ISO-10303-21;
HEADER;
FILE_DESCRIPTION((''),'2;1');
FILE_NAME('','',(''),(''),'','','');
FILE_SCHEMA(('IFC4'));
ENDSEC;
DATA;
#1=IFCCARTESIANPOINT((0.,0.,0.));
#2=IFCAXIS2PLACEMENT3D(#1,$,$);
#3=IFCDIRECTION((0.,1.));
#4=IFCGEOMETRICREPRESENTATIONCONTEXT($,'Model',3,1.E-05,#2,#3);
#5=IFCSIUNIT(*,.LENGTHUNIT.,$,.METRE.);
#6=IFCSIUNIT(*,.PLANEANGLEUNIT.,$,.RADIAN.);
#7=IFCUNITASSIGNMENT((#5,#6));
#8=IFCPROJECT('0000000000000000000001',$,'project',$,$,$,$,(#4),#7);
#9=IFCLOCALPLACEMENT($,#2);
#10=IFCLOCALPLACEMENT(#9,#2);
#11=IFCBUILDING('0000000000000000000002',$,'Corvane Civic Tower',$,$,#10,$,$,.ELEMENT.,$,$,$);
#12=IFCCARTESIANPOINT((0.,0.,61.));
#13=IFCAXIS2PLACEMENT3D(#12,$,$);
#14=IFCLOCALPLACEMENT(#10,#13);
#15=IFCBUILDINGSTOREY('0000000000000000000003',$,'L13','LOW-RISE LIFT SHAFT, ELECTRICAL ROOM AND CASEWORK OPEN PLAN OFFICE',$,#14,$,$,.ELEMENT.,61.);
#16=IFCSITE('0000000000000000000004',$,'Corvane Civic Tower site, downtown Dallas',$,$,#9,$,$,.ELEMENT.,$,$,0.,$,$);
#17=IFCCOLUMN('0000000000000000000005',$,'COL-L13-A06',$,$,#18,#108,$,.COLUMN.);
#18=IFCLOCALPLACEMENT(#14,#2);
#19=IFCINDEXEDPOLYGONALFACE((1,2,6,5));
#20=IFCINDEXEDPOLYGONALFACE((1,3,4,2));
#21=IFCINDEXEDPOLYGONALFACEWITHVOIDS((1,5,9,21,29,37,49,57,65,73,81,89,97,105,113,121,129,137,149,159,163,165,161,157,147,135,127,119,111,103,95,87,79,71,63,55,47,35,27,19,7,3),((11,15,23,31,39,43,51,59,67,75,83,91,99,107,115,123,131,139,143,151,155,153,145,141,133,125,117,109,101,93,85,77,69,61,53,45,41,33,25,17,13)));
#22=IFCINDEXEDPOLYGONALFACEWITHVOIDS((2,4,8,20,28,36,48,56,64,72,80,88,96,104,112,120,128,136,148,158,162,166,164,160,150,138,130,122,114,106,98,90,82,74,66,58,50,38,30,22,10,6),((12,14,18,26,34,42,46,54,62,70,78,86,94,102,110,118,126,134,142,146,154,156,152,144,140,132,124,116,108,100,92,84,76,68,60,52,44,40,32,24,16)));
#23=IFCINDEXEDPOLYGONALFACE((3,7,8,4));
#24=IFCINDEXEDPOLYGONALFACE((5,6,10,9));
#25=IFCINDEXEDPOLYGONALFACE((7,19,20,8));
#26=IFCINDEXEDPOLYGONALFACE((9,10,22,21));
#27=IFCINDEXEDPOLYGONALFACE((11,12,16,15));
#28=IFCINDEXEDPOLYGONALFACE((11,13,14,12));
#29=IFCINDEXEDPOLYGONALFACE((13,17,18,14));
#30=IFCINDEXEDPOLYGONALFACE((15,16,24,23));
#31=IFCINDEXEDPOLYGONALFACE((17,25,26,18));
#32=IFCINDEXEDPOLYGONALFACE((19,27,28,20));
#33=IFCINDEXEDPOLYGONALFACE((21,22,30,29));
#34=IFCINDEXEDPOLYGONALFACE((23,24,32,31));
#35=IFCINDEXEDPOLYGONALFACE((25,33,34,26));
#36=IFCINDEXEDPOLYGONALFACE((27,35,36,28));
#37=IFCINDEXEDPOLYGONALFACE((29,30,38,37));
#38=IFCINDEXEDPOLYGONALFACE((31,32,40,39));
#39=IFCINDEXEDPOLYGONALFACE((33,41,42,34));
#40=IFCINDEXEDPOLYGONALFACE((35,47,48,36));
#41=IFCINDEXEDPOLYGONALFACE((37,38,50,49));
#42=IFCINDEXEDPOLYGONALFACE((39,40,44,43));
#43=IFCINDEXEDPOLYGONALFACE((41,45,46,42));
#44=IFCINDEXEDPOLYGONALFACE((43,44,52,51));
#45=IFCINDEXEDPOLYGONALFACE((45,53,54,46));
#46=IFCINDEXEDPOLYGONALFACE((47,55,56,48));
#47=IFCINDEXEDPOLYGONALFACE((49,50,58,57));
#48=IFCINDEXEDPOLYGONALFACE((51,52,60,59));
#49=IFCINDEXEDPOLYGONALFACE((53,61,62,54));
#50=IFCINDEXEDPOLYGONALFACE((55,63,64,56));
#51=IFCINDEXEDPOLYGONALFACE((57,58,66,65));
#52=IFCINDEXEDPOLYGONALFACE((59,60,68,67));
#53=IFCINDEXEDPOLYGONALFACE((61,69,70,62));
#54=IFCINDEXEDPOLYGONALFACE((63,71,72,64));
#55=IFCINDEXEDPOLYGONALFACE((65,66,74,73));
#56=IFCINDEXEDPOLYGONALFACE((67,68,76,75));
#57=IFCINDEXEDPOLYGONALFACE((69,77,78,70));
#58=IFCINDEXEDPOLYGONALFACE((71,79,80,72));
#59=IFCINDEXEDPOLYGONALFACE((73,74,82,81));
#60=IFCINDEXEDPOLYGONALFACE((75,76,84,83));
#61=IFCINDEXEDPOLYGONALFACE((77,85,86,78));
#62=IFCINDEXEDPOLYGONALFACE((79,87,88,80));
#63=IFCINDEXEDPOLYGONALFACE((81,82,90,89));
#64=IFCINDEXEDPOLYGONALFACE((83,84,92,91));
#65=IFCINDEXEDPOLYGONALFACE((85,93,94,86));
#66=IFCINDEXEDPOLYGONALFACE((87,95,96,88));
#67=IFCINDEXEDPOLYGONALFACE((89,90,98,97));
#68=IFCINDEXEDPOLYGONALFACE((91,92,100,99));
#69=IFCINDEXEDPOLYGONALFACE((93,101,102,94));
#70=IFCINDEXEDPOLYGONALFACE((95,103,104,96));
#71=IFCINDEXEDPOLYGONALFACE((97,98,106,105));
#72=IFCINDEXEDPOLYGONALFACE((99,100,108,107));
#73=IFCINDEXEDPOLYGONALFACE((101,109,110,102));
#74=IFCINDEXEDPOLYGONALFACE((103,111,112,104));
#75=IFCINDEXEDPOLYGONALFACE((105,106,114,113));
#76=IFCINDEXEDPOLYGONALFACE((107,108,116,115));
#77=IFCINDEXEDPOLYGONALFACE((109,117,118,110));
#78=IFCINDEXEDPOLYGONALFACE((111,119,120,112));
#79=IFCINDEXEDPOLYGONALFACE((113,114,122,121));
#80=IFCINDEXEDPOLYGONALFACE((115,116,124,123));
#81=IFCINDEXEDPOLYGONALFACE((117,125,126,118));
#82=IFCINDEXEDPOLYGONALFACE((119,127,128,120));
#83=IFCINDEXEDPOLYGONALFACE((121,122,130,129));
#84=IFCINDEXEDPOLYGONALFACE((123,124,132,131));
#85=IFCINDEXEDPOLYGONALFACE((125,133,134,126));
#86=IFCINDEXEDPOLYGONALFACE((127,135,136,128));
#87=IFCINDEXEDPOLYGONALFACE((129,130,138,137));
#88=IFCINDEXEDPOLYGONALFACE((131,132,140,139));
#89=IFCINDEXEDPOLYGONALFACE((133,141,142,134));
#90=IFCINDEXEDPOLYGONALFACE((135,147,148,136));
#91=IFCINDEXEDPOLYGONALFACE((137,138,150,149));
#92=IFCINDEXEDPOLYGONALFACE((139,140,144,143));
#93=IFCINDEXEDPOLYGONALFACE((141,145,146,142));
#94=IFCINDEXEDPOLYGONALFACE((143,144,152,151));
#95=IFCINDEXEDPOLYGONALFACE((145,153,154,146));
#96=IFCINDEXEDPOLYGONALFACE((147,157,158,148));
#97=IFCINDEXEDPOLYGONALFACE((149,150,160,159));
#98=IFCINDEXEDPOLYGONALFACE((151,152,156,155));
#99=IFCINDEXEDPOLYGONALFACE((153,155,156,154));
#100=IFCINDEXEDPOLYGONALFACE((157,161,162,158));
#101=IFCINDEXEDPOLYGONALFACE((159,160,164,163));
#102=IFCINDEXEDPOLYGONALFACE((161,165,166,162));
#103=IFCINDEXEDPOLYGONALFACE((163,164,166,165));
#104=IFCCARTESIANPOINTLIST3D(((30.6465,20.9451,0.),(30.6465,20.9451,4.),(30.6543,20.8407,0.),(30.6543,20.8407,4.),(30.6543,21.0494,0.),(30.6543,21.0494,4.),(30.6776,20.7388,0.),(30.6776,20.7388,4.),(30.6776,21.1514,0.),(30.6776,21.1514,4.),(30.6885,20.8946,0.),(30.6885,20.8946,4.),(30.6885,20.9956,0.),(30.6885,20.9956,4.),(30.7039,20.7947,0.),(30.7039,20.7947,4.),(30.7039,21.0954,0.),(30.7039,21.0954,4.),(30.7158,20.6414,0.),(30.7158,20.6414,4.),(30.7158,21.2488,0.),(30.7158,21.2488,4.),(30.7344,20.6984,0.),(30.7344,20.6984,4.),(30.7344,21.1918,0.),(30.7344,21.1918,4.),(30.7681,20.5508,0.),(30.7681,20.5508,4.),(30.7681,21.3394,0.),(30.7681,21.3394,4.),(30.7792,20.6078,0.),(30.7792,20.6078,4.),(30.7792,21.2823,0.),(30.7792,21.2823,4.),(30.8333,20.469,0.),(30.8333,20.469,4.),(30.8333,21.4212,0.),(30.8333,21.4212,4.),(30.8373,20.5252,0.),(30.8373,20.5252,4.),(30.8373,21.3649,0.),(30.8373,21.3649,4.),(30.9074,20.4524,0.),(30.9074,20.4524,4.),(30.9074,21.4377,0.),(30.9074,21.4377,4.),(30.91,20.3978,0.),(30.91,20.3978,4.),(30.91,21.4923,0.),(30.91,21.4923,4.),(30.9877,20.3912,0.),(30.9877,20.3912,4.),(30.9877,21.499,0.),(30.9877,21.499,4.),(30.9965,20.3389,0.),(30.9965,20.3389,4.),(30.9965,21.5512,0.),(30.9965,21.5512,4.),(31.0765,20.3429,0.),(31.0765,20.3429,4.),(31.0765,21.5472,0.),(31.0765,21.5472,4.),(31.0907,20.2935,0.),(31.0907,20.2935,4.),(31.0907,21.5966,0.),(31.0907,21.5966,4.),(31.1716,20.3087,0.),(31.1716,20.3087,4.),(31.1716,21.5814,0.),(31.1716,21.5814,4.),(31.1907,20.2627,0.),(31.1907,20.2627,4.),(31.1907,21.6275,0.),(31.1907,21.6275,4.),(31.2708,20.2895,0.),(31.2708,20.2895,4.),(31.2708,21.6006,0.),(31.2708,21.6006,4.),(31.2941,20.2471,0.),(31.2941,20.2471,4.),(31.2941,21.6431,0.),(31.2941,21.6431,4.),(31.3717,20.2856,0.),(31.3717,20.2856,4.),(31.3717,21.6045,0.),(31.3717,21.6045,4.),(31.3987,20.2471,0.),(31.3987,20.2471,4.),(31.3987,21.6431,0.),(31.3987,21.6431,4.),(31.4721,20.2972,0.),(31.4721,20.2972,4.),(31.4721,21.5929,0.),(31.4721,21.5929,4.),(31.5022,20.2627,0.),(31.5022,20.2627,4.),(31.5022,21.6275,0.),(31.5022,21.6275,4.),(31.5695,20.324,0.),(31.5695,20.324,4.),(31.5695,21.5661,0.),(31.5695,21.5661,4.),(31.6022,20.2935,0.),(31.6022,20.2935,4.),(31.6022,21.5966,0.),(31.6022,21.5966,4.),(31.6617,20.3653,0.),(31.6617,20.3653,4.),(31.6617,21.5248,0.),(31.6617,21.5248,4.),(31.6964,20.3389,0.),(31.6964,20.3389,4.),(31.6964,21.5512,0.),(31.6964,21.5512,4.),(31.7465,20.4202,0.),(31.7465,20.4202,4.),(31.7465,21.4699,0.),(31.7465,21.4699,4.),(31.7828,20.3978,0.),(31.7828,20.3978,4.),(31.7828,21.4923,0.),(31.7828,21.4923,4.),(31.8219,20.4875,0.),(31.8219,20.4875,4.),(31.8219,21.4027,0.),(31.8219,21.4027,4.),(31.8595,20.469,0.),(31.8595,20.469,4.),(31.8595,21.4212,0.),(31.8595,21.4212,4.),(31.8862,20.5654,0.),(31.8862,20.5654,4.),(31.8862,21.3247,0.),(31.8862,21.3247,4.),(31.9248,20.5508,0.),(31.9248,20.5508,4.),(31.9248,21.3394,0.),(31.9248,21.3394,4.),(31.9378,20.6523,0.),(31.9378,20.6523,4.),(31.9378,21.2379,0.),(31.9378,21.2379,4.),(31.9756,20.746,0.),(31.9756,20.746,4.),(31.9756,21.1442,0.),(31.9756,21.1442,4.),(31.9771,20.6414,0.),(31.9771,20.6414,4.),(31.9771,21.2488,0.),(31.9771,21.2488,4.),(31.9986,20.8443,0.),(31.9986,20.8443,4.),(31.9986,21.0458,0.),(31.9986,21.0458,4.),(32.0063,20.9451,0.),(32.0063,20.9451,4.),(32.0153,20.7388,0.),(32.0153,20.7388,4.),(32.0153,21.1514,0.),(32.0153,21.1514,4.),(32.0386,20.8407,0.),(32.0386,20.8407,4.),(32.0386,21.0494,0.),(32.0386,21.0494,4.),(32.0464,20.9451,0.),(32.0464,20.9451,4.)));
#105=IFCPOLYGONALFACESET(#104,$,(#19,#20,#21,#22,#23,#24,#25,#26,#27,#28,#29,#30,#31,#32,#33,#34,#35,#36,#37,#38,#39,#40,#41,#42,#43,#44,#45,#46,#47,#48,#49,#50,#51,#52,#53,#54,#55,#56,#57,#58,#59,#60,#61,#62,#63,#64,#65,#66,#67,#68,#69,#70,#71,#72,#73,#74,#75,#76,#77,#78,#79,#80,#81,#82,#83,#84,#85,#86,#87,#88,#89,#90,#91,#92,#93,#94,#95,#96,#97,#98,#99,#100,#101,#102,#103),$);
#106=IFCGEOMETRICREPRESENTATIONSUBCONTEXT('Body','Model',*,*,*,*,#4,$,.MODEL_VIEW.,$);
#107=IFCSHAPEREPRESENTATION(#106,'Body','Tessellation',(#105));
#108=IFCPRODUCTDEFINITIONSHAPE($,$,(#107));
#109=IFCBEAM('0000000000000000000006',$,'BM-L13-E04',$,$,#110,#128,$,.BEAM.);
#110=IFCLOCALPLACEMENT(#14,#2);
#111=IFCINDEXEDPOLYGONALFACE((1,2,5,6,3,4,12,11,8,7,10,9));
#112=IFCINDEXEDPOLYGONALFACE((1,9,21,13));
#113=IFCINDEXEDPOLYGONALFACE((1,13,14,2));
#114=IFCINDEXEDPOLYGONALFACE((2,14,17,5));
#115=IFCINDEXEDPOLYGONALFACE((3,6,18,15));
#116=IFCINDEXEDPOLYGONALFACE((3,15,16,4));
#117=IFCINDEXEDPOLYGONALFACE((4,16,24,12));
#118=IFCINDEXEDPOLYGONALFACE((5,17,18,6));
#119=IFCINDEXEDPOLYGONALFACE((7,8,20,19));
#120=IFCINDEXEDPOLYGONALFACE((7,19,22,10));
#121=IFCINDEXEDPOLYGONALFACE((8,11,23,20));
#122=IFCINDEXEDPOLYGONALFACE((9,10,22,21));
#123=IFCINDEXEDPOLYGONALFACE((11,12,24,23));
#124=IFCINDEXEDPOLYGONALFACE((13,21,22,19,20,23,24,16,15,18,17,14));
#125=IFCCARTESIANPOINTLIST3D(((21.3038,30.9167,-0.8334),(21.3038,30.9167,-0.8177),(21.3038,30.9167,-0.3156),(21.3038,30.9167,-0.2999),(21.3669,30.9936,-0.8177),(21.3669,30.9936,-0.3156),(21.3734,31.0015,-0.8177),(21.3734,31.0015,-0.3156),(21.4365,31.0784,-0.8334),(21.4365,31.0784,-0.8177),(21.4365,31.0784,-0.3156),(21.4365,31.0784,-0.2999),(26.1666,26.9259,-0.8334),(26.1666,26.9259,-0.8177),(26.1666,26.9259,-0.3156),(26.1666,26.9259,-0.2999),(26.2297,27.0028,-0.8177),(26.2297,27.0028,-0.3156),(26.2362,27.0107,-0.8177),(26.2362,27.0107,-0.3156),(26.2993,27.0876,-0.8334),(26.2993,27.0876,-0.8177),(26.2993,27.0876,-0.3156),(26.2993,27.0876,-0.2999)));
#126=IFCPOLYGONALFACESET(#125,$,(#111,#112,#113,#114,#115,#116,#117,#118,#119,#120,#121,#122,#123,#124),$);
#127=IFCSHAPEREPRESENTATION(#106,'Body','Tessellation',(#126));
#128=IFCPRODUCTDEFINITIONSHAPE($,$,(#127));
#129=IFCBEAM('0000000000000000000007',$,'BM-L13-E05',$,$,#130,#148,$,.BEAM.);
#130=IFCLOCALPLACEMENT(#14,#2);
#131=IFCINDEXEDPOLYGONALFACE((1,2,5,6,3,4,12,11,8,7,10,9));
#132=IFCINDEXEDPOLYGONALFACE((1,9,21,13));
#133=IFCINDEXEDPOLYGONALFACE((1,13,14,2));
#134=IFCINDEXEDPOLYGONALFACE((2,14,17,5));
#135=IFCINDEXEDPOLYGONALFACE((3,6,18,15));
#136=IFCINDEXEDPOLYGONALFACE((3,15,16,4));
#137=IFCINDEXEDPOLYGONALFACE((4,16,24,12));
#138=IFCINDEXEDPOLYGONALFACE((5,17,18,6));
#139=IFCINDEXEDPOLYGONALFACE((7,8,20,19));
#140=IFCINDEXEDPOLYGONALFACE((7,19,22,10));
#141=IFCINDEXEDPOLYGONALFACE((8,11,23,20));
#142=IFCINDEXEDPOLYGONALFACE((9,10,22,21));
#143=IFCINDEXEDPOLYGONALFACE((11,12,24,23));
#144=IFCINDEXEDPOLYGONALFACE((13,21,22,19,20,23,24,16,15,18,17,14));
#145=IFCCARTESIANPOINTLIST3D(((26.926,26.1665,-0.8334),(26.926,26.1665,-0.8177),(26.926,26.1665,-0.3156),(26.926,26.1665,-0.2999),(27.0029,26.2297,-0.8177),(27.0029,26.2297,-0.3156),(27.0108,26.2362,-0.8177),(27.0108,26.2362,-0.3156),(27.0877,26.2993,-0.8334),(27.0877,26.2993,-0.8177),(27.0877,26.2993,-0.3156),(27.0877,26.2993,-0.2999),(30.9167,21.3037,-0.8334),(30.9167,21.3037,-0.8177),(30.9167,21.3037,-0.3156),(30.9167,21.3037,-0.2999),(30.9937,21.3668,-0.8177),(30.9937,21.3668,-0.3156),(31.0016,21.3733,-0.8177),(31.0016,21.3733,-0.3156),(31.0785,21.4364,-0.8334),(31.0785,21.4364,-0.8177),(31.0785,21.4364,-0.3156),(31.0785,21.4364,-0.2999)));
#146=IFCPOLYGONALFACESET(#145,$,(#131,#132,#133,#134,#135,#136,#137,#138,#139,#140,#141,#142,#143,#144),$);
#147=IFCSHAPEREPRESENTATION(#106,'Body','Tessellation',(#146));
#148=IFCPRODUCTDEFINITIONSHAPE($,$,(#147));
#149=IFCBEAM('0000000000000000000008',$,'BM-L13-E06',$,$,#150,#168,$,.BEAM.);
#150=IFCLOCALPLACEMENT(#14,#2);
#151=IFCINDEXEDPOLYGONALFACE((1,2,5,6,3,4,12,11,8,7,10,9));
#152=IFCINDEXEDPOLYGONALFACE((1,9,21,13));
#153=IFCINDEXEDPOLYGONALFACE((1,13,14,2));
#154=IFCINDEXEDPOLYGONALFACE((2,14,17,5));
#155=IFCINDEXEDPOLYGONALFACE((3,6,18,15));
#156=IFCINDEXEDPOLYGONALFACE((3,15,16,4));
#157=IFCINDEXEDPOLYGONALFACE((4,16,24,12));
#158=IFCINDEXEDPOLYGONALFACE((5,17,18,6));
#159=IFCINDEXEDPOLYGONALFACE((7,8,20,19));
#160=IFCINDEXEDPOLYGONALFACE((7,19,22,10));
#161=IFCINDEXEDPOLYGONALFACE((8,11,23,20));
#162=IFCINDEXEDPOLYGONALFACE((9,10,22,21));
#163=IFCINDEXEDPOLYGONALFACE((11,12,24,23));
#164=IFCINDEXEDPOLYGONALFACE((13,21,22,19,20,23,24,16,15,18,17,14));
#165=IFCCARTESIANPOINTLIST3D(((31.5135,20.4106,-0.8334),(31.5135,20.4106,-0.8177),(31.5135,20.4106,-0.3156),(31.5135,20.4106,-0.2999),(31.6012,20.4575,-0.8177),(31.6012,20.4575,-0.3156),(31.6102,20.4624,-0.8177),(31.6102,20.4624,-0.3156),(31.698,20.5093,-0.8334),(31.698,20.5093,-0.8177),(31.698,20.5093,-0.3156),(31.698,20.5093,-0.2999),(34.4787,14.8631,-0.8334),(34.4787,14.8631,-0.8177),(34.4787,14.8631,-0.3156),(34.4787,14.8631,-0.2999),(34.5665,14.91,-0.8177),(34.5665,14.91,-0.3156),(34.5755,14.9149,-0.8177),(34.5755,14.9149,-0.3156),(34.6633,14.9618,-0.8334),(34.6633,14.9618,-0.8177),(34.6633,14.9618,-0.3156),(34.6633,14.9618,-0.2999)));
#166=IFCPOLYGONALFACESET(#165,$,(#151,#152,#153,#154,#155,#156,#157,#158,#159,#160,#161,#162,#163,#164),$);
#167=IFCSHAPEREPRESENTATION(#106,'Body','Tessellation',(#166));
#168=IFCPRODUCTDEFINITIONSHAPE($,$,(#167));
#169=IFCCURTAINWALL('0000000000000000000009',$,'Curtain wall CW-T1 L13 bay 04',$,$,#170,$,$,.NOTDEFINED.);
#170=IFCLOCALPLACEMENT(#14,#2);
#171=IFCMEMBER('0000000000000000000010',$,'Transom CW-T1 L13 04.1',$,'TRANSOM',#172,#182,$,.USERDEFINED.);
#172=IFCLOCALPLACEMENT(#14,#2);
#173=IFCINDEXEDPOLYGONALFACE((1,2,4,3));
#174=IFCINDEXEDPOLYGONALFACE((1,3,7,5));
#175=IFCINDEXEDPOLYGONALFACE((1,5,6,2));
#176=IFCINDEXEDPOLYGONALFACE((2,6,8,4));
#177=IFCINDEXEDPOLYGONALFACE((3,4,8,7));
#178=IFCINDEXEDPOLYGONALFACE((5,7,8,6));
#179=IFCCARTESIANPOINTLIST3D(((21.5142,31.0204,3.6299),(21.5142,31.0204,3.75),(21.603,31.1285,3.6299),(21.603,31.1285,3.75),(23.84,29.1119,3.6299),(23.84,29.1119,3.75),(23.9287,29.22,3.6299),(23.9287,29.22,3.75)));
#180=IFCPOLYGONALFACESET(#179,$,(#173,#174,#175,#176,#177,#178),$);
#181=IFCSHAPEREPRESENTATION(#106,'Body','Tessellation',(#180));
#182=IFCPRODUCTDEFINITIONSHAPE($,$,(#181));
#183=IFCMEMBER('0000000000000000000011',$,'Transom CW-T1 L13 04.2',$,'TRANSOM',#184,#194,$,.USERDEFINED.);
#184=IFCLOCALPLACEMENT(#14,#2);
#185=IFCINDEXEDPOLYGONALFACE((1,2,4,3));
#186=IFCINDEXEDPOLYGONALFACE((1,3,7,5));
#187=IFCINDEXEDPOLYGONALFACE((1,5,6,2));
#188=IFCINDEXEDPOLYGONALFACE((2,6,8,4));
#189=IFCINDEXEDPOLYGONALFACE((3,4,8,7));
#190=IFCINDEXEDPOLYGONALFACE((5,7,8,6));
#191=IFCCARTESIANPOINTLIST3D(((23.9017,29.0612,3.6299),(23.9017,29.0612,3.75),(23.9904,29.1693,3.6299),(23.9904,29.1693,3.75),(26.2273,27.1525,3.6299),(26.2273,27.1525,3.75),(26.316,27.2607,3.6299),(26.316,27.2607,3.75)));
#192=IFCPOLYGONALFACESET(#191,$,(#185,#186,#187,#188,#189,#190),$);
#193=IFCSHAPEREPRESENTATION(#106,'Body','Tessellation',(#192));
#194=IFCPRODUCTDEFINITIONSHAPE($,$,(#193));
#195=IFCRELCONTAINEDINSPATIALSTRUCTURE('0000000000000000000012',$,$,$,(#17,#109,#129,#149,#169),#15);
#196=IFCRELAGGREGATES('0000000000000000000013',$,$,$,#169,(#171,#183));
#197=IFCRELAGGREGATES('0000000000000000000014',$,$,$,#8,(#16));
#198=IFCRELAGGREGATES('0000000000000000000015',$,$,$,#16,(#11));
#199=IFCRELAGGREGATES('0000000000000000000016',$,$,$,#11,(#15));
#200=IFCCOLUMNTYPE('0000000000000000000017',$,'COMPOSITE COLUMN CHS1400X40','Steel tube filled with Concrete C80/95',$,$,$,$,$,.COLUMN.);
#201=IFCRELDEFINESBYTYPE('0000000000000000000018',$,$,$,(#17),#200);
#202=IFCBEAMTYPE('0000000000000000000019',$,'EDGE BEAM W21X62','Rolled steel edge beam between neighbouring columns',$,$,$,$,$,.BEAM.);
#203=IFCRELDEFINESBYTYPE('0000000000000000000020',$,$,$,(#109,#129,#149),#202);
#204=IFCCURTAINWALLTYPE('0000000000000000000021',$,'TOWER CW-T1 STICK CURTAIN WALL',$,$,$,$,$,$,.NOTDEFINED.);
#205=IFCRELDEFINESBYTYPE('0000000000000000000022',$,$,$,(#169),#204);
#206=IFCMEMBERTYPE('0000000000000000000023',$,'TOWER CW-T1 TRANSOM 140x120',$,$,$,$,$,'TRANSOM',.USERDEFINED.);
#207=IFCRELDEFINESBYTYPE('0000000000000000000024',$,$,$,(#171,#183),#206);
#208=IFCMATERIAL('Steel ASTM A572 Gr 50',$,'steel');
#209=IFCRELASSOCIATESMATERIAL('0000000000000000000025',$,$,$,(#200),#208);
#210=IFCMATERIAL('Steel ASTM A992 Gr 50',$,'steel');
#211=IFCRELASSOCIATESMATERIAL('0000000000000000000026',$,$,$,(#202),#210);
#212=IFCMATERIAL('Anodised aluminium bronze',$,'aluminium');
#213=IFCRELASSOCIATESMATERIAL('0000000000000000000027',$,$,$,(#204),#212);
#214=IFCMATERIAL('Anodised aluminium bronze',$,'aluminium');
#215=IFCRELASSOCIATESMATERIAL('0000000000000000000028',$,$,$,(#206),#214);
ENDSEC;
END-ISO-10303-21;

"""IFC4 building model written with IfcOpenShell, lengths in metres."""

from ifc_helpers import new_model, si_unit, direction, frame, origin, origin_2d, place, context, subcontext, project, spatial, rectangle, hollow_circle, i_section, extrude, material, material_profile, profile_set, type_object, element, aggregate, save


model = new_model("IFC4")

# Units and contexts
model_context = context("Model", 3, precision=1e-05, world=origin(), true_north=direction((0.0, 1.0)))
body_context = subcontext(model_context, "Body", "Model", "MODEL_VIEW")
ifc_project = project(units=[si_unit("LENGTHUNIT", "METRE"), si_unit("PLANEANGLEUNIT", "RADIAN")], contexts=[model_context])

# Site, building, storey
site_placement = place(None, origin())
site = spatial("IfcSite", under=ifc_project, at=site_placement, Name="Corvane Civic Tower site, downtown Dallas", CompositionType="ELEMENT", RefElevation=0.0)
building_placement = place(site_placement, origin())
building = spatial("IfcBuilding", under=site, at=building_placement, Name="Corvane Civic Tower", CompositionType="ELEMENT")
storey_placement = place(building_placement, frame((0.0, 0.0, 61.0)))
storey = spatial("IfcBuildingStorey", under=building, at=storey_placement, Name="L13", Description="LOW-RISE LIFT SHAFT, ELECTRICAL ROOM AND CASEWORK OPEN PLAN OFFICE", CompositionType="ELEMENT", Elevation=61.0)

# Column
ifc_material_1 = material(Name="Steel ASTM A572 Gr 50", Category="steel")
ifc_material_profile_1 = material_profile(ifc_material_1, hollow_circle(Radius=0.7, WallThickness=0.04, at=origin_2d()), Name="CHS1400X40")
ifc_profile_set_1 = profile_set([ifc_material_profile_1], Name="Steel ASTM A572 Gr 50")
column_type = type_object("IfcColumnType", Name="COMPOSITE COLUMN CHS1400X40", Description="Steel tube filled with Concrete C80/95", PredefinedType="COLUMN", material=ifc_profile_set_1)
for number, where, z_axis, x_axis, name in (
    (1, (31.3464, 20.9451, 0.0), (0.0, 0.0, 1.0), (1.0, 0.0, 0.0), "COL-L13-A06"),
):
    element("IfcColumn", number, at=place(storey_placement, frame(where, z_axis=z_axis, x_axis=x_axis)), inside=storey, type_object=column_type, Name=name, PredefinedType="COLUMN", context=body_context, shape_type="SweptSolid", body=[
        extrude(hollow_circle(Radius=0.7, WallThickness=0.04, at=origin_2d()), origin(), (0.0, 0.0, 1.0), 4.0),
    ])

# Beams
ifc_material_2 = material(Name="Steel ASTM A992 Gr 50", Category="steel")
ifc_material_profile_2 = material_profile(ifc_material_2, i_section(OverallWidth=0.2092, OverallDepth=0.5334, WebThickness=0.0103, FlangeThickness=0.0156, at=origin_2d()), Name="W21X62")
ifc_profile_set_2 = profile_set([ifc_material_profile_2], Name="Steel ASTM A992 Gr 50")
beam_type = type_object("IfcBeamType", Name="EDGE BEAM W21X62", Description="Rolled steel edge beam between neighbouring columns", PredefinedType="BEAM", material=ifc_profile_set_2)
for number, where, z_axis, x_axis, name in (
    (2, (21.3701, 30.9976, -0.5667), (0.773016, -0.634387, 0.0), (0.634387, 0.773016, 0.0), "BM-L13-E04"),
    (3, (27.0068, 26.2329, -0.5667), (0.634387, -0.773016, 0.0), (0.773016, 0.634387, 0.0), "BM-L13-E05"),
):
    element("IfcBeam", number, at=place(storey_placement, frame(where, z_axis=z_axis, x_axis=x_axis)), inside=storey, type_object=beam_type, Name=name, PredefinedType="BEAM", context=body_context, shape_type="SweptSolid", body=[
        extrude(i_section(OverallWidth=0.2092, OverallDepth=0.5334, WebThickness=0.0103, FlangeThickness=0.0156, at=origin_2d()), origin(), (0.0, 0.0, 1.0), 6.2908),
    ])
beam_placement = place(storey_placement, frame((31.6057, 20.46, -0.5667), z_axis=(0.471406, -0.881916, 0.0), x_axis=(0.881916, 0.471406, 0.0)))
element("IfcBeam", 4, at=beam_placement, inside=storey, type_object=beam_type, Name="BM-L13-E06", PredefinedType="BEAM", context=body_context, shape_type="SweptSolid", body=[
    extrude(i_section(OverallWidth=0.2092, OverallDepth=0.5334, WebThickness=0.0103, FlangeThickness=0.0156, at=origin_2d()), origin(), (0.0, 0.0, 1.0), 6.2903),
])

# Curtain wall, members
ifc_material_3 = material(Name="Anodised aluminium bronze", Category="aluminium")
curtain_wall_type = type_object("IfcCurtainWallType", Name="TOWER CW-T1 STICK CURTAIN WALL", PredefinedType="NOTDEFINED", material=ifc_material_3)
curtain_wall_1_placement = place(storey_placement, origin())
curtain_wall_1 = element("IfcCurtainWall", 5, at=curtain_wall_1_placement, inside=storey, type_object=curtain_wall_type, Name="Curtain wall CW-T1 L13 bay 04", PredefinedType="NOTDEFINED")
ifc_material_4 = material(Name="Anodised aluminium bronze", Category="aluminium")
ifc_material_profile_3 = material_profile(ifc_material_4, rectangle(XDim=0.1399, YDim=0.1201, at=origin_2d()), Name="TOWER CW-T1 TRANSOM 140x120")
ifc_profile_set_3 = profile_set([ifc_material_profile_3], Name="Anodised aluminium bronze")
member_type_1 = type_object("IfcMemberType", Name="TOWER CW-T1 TRANSOM 140x120", ElementType="TRANSOM", PredefinedType="USERDEFINED", material=ifc_profile_set_3)
member_1_placement = place(storey_placement, frame((21.5586, 31.0745, 3.6899), z_axis=(0.773042, -0.634355, 0.0), x_axis=(0.634355, 0.773042, 0.0)))
member_1 = element("IfcMember", 6, at=member_1_placement, type_object=member_type_1, Name="Transom CW-T1 L13 04.1", ObjectType="TRANSOM", PredefinedType="USERDEFINED", context=body_context, shape_type="SweptSolid", body=[
    extrude(rectangle(XDim=0.1399, YDim=0.1201, at=origin_2d()), origin(), (0.0, 0.0, 1.0), 3.0085),
])
member_2_placement = place(storey_placement, frame((23.946, 29.1152, 3.6899), z_axis=(0.773002, -0.634404, 0.0), x_axis=(0.634404, 0.773002, 0.0)))
member_2 = element("IfcMember", 7, at=member_2_placement, type_object=member_type_1, Name="Transom CW-T1 L13 04.2", ObjectType="TRANSOM", PredefinedType="USERDEFINED", context=body_context, shape_type="SweptSolid", body=[
    extrude(rectangle(XDim=0.1399, YDim=0.1201, at=origin_2d()), origin(), (0.0, 0.0, 1.0), 3.0085),
])

aggregate(curtain_wall_1, [member_1, member_2])

save(model, "model.ifc")
